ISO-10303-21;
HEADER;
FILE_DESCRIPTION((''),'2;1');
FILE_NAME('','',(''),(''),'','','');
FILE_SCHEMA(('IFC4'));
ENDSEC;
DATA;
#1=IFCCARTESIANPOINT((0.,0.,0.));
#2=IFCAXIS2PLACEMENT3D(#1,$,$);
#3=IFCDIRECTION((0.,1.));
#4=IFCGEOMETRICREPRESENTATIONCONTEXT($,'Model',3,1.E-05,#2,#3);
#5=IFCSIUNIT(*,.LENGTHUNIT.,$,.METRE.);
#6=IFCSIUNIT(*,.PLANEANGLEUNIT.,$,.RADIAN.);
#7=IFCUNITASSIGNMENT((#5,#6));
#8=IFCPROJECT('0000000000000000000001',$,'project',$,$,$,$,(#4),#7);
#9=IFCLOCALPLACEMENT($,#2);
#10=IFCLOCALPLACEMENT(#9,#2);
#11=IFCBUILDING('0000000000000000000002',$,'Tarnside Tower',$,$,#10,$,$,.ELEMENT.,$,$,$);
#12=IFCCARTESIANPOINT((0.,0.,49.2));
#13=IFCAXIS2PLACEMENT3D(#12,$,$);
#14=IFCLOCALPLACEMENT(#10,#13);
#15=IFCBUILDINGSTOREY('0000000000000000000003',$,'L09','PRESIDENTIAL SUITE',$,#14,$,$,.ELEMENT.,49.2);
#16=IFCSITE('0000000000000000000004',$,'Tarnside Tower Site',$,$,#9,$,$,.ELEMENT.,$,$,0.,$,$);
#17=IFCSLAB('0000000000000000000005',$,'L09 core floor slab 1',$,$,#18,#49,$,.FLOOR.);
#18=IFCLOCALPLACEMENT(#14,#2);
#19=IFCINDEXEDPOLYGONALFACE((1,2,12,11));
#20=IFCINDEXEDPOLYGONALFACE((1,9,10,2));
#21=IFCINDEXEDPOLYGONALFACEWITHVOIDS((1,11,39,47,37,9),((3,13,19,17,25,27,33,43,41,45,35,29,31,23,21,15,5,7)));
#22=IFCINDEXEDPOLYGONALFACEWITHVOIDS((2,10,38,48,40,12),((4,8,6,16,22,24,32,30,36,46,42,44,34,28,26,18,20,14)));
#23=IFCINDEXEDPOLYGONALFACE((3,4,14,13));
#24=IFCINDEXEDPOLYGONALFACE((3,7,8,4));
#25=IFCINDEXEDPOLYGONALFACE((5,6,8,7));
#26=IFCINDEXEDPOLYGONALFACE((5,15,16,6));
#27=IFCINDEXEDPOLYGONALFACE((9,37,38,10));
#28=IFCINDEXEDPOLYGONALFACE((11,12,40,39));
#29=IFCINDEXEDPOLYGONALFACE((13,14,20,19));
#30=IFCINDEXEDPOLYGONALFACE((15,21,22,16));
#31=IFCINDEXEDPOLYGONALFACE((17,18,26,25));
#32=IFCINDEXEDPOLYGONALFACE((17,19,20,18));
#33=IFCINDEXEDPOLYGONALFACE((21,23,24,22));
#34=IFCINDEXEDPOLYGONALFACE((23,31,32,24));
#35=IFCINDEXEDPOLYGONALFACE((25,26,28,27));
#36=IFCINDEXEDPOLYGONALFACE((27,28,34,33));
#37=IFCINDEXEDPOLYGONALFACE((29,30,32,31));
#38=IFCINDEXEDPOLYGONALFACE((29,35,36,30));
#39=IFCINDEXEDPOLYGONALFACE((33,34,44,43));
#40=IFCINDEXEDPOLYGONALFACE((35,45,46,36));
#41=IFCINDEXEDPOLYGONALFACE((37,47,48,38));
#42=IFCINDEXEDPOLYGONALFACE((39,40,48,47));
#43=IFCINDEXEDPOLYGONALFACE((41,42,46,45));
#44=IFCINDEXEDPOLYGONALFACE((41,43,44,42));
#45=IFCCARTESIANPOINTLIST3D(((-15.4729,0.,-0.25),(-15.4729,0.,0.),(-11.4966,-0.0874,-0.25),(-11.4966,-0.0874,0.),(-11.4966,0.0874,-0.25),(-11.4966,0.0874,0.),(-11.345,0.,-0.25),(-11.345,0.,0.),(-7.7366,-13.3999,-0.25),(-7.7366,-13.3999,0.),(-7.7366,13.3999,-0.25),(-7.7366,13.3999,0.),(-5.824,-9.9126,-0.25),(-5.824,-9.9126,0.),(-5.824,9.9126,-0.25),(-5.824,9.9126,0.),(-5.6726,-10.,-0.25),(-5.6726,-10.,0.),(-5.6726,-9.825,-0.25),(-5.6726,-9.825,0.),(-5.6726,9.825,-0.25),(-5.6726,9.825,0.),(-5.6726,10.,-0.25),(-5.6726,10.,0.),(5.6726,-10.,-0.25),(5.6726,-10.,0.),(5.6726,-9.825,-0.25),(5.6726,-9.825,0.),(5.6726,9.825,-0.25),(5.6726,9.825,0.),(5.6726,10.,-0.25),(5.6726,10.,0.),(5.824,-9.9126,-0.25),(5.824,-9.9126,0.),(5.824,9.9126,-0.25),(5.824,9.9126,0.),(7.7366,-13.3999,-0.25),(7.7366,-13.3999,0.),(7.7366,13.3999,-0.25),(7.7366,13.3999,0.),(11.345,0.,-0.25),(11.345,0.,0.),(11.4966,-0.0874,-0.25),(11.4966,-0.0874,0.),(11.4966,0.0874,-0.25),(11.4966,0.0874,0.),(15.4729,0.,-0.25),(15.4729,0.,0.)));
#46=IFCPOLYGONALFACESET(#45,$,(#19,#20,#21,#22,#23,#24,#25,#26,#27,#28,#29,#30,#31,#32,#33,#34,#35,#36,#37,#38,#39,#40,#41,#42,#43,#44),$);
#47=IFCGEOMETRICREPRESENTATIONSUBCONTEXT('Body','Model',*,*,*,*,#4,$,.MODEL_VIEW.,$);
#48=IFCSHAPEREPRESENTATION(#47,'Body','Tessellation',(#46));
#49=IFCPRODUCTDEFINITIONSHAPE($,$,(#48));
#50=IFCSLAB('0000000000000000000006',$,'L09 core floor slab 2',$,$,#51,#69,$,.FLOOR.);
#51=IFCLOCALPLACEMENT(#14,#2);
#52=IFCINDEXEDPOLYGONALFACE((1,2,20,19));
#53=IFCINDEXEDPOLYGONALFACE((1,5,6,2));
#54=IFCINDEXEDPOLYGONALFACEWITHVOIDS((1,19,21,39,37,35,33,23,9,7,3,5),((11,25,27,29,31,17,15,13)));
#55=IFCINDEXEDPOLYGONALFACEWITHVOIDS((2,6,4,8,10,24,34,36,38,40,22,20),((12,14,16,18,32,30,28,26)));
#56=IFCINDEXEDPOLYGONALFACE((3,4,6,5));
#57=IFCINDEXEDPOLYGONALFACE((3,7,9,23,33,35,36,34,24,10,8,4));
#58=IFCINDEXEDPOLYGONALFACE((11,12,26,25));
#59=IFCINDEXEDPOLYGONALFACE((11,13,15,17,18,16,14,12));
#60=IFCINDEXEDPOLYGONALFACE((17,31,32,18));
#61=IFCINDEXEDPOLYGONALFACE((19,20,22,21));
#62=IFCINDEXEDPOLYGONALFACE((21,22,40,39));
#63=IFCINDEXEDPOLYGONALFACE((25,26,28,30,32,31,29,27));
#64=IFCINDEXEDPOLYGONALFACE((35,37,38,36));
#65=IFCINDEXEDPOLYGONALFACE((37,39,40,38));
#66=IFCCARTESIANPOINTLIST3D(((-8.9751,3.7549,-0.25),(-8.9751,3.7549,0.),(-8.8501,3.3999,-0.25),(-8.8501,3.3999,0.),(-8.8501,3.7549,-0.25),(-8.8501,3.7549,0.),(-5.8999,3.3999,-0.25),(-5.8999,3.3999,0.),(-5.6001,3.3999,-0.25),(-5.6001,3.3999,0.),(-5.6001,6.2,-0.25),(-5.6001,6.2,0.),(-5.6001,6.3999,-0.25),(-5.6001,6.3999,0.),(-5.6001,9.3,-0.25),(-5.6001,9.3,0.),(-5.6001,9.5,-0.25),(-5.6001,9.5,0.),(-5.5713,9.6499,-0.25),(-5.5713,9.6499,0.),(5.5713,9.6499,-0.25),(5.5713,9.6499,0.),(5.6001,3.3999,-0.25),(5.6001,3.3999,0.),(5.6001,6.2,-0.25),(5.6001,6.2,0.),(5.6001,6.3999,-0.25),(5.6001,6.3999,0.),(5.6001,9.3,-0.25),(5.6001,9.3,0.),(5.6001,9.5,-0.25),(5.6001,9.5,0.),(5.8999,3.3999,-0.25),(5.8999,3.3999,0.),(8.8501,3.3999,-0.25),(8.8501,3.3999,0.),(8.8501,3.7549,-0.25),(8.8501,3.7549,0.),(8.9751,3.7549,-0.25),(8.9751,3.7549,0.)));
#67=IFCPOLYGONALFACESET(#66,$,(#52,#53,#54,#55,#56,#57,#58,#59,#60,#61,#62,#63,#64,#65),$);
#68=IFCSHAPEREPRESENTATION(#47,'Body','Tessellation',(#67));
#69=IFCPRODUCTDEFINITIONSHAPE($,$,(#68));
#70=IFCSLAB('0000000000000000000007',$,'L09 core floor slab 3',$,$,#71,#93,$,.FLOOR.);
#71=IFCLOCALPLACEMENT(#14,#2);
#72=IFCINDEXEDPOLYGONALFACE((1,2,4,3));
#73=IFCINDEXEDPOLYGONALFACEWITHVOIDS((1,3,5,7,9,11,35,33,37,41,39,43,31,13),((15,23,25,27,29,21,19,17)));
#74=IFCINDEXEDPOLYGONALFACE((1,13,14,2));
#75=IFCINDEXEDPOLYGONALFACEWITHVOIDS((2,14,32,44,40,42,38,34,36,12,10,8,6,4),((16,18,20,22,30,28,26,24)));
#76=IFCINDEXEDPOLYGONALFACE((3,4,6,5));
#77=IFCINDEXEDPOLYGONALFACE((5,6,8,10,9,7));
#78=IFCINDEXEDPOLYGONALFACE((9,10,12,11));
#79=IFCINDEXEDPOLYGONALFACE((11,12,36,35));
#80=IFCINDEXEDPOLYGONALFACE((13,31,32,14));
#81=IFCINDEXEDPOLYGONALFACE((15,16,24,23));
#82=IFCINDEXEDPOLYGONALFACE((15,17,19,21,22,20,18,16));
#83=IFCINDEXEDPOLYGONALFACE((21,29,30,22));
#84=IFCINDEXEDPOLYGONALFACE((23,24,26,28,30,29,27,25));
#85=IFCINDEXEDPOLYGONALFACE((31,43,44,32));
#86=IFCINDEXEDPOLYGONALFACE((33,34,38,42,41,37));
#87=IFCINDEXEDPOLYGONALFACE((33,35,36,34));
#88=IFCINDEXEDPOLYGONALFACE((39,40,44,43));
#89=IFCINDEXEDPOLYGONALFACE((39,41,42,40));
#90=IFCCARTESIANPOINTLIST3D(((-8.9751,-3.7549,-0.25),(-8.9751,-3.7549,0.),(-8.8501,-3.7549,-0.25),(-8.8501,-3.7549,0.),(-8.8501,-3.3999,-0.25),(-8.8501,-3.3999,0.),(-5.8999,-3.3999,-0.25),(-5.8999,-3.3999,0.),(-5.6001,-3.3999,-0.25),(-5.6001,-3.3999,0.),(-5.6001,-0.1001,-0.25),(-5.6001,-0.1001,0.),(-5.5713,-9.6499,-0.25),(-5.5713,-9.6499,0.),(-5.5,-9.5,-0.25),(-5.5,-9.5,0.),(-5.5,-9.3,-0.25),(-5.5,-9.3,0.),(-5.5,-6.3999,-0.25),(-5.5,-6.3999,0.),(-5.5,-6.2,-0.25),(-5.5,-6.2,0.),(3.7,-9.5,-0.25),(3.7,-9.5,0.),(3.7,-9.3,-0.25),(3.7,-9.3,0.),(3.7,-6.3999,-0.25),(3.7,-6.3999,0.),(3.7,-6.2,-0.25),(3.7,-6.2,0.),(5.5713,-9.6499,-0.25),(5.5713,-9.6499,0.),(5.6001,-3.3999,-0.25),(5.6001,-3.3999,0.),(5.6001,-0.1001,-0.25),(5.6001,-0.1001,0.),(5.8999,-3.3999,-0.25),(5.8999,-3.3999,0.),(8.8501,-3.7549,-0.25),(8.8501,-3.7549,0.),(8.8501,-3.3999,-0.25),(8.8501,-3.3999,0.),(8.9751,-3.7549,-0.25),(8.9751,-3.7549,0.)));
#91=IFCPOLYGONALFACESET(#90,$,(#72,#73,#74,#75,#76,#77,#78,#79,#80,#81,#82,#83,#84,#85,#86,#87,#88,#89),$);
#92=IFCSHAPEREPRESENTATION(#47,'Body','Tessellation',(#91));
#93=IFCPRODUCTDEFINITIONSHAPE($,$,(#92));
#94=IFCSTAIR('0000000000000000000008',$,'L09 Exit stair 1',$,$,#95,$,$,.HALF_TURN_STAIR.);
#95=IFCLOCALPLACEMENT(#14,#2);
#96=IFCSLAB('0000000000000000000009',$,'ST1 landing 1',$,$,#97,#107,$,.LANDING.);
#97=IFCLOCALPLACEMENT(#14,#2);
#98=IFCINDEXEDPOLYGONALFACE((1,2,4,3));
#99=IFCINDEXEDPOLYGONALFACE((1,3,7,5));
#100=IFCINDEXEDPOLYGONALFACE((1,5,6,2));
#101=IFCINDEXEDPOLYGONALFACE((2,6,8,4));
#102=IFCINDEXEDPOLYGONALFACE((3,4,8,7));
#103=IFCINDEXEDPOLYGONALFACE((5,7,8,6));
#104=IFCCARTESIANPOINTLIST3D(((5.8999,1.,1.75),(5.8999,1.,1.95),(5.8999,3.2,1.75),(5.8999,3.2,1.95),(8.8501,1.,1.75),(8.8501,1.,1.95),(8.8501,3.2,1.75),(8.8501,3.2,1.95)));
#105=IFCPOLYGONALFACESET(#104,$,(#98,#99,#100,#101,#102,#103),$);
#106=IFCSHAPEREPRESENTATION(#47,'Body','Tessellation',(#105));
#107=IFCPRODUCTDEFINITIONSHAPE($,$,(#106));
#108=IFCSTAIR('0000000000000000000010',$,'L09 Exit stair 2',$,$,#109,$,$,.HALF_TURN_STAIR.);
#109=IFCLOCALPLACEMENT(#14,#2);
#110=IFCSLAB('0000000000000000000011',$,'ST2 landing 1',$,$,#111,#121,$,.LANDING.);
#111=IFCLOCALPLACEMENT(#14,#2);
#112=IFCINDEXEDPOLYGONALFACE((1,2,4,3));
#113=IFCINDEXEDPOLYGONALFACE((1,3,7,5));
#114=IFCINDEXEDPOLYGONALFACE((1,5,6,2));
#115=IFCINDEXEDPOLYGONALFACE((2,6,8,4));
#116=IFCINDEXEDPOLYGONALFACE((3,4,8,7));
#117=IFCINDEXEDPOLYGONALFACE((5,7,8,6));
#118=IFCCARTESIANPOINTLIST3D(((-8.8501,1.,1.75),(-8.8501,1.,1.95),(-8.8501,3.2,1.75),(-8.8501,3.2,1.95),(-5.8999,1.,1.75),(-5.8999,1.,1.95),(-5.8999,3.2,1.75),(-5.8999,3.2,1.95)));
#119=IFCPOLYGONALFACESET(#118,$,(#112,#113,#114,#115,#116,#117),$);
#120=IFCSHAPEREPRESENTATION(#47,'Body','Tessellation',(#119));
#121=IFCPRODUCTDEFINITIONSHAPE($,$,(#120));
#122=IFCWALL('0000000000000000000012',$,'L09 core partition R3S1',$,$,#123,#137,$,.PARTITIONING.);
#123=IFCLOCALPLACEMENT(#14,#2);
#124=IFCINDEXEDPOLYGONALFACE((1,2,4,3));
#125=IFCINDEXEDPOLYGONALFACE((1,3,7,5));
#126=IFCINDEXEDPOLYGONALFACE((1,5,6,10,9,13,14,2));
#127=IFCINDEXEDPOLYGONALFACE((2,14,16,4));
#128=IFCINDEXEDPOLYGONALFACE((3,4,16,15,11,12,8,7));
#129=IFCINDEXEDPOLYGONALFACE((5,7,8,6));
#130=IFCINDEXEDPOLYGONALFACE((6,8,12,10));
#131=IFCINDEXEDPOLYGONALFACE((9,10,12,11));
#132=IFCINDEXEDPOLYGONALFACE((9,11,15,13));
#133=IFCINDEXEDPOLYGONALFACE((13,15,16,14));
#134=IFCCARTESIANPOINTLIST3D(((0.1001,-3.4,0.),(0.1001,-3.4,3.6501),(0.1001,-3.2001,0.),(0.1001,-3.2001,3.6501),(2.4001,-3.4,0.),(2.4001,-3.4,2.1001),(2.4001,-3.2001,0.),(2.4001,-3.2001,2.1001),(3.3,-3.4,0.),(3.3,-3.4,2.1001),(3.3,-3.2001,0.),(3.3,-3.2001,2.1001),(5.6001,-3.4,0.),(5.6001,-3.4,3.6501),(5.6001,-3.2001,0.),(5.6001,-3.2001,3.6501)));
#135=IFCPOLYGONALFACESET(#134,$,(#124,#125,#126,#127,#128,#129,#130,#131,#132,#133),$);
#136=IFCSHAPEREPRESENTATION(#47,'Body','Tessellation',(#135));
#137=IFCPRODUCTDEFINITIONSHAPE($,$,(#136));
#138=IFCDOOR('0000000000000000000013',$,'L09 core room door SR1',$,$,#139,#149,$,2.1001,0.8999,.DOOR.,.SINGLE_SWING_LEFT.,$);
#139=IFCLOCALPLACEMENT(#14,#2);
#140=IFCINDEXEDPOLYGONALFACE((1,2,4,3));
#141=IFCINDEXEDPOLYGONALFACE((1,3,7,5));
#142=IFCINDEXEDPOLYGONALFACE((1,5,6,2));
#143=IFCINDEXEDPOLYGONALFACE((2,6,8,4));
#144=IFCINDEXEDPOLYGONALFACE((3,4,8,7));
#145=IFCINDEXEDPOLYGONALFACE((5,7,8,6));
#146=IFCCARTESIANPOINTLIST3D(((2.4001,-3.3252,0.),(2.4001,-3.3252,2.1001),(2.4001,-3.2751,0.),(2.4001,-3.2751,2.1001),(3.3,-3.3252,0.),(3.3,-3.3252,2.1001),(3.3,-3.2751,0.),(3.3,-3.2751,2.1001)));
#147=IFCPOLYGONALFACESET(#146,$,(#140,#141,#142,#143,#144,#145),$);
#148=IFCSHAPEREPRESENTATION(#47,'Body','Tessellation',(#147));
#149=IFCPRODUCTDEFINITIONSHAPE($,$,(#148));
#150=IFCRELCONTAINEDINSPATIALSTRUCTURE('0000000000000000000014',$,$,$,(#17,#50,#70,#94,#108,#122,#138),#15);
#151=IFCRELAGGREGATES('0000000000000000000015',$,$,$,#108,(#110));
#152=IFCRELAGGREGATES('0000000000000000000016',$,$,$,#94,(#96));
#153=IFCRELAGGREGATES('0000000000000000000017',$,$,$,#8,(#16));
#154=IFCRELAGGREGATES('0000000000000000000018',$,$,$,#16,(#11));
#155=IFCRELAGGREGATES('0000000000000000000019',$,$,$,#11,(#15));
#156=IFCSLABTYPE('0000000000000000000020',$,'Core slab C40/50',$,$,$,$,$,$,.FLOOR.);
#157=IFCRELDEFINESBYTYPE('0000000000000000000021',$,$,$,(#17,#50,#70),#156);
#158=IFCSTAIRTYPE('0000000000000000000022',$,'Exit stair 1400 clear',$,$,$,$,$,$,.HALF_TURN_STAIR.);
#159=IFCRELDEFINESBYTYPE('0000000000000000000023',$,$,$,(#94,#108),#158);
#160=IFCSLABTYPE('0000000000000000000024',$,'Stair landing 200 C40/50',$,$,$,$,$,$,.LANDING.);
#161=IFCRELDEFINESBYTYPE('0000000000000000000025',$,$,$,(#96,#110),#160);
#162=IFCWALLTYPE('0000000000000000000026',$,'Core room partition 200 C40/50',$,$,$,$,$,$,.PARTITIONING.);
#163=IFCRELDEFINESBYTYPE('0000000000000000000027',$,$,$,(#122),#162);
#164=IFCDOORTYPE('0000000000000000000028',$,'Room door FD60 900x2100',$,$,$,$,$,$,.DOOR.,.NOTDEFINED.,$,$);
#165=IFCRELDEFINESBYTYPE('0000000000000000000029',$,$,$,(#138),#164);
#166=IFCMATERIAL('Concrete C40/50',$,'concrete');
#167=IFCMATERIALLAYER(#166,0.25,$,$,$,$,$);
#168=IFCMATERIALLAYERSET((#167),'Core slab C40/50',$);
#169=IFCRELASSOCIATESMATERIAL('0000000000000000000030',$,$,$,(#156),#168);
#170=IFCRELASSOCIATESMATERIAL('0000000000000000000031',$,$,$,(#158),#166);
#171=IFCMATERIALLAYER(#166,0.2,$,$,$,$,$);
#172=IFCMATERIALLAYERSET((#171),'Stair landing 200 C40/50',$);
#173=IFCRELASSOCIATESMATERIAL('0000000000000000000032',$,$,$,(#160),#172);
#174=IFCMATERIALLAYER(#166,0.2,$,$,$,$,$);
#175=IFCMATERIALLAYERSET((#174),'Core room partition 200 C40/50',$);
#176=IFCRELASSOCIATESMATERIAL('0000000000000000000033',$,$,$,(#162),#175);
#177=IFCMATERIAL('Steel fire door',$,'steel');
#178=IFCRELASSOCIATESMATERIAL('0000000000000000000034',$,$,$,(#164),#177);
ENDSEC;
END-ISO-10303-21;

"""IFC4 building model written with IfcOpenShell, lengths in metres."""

from ifc_helpers import new_model, si_unit, direction, frame, frame_2d, origin, place, context, subcontext, project, spatial, polyline, rectangle, outline, extrude, material, layer, layer_set, type_object, element, fill, aggregate, save


model = new_model("IFC4")

# Units and contexts
model_context = context("Model", 3, precision=1e-05, world=origin(), true_north=direction((0.0, 1.0)))
body_context = subcontext(model_context, "Body", "Model", "MODEL_VIEW")
ifc_project = project(units=[si_unit("LENGTHUNIT", "METRE"), si_unit("PLANEANGLEUNIT", "RADIAN")], contexts=[model_context])

# Site, building, storey
site_placement = place(None, origin())
site = spatial("IfcSite", under=ifc_project, at=site_placement, Name="Tarnside Tower Site", CompositionType="ELEMENT", RefElevation=0.0)
building_placement = place(site_placement, origin())
building = spatial("IfcBuilding", under=site, at=building_placement, Name="Tarnside Tower", CompositionType="ELEMENT")
storey_placement = place(building_placement, frame((0.0, 0.0, 49.2)))
storey = spatial("IfcBuildingStorey", under=building, at=storey_placement, Name="L09", Description="PRESIDENTIAL SUITE", CompositionType="ELEMENT", Elevation=49.2)

# Slabs
ifc_material_1 = material(Name="Concrete C40/50", Category="concrete")
ifc_layer_1 = layer(ifc_material_1, 0.25)
ifc_layer_set_1 = layer_set([ifc_layer_1], Name="Core slab C40/50")
slab_type_1 = type_object("IfcSlabType", Name="Core slab C40/50", PredefinedType="FLOOR", material=ifc_layer_set_1)
slab_1_placement = place(storey_placement, frame((0.0, 0.0, -0.25)))
element("IfcSlab", 1, at=slab_1_placement, inside=storey, type_object=slab_type_1, Name="L09 core floor slab 1", PredefinedType="FLOOR", context=body_context, shape_type="SweptSolid", body=[
    extrude(outline(polyline([(-15.4729, 0.0), (-7.7366, 13.3999), (7.7366, 13.3999), (15.4729, 0.0), (7.7366, -13.3999), (-7.7366, -13.3999), (-15.4729, 0.0)]), holes=[polyline([(5.824, -9.9126), (11.4966, -0.0874), (11.345, 0.0), (11.4966, 0.0874), (5.824, 9.9126), (5.6726, 9.825), (5.6726, 10.0), (-5.6726, 10.0), (-5.6726, 9.825), (-5.824, 9.9126), (-11.4966, 0.0874), (-11.345, 0.0), (-11.4966, -0.0874), (-5.824, -9.9126), (-5.6726, -9.825), (-5.6726, -10.0), (5.6726, -10.0), (5.6726, -9.825), (5.824, -9.9126)])]), origin(), (0.0, 0.0, 1.0), 0.25),
])
slab_2_placement = place(storey_placement, frame((0.0, 0.0, -0.25)))
element("IfcSlab", 2, at=slab_2_placement, inside=storey, type_object=slab_type_1, Name="L09 core floor slab 2", PredefinedType="FLOOR", context=body_context, shape_type="SweptSolid", body=[
    extrude(outline(polyline([(-8.9751, 3.7549), (-5.5713, 9.6499), (5.5713, 9.6499), (8.9751, 3.7549), (8.8501, 3.7549), (8.8501, 3.3999), (5.8999, 3.3999), (5.6001, 3.3999), (5.6001, 3.3999), (-5.6001, 3.3999), (-5.8999, 3.3999), (-8.8501, 3.3999), (-8.8501, 3.7549), (-8.9751, 3.7549)]), holes=[polyline([(-5.6001, 6.2), (5.6001, 6.2), (5.6001, 6.3999), (5.6001, 9.3), (5.6001, 9.5), (-5.6001, 9.5), (-5.6001, 9.3), (-5.6001, 6.3999), (-5.6001, 6.2)])]), origin(), (0.0, 0.0, 1.0), 0.25),
])
slab_3_placement = place(storey_placement, frame((0.0, 0.0, -0.25)))
element("IfcSlab", 3, at=slab_3_placement, inside=storey, type_object=slab_type_1, Name="L09 core floor slab 3", PredefinedType="FLOOR", context=body_context, shape_type="SweptSolid", body=[
    extrude(outline(polyline([(5.6001, -3.3999), (5.8999, -3.3999), (8.8501, -3.3999), (8.8501, -3.7549), (8.9751, -3.7549), (5.5713, -9.6499), (-5.5713, -9.6499), (-8.9751, -3.7549), (-8.8501, -3.7549), (-8.8501, -3.3999), (-5.8999, -3.3999), (-5.6001, -3.3999), (-5.6001, -0.1001), (5.6001, -0.1001), (5.6001, -3.3999)]), holes=[polyline([(-5.5, -9.3), (-5.5, -9.5), (3.7, -9.5), (3.7, -9.3), (3.7, -6.3999), (3.7, -6.2), (-5.5, -6.2), (-5.5, -6.3999), (-5.5, -9.3)])]), origin(), (0.0, 0.0, 1.0), 0.25),
])

# Stairs, slabs
stair_type = type_object("IfcStairType", Name="Exit stair 1400 clear", PredefinedType="HALF_TURN_STAIR", material=ifc_material_1)
stair_1_placement = place(storey_placement, origin())
stair_1 = element("IfcStair", 4, at=stair_1_placement, inside=storey, type_object=stair_type, Name="L09 Exit stair 1", PredefinedType="HALF_TURN_STAIR")
ifc_layer_2 = layer(ifc_material_1, 0.2)
ifc_layer_set_2 = layer_set([ifc_layer_2], Name="Stair landing 200 C40/50")
slab_type_2 = type_object("IfcSlabType", Name="Stair landing 200 C40/50", PredefinedType="LANDING", material=ifc_layer_set_2)
slab_4_placement = place(storey_placement, frame((0.0, 0.0, 1.75)))
slab_4 = element("IfcSlab", 5, at=slab_4_placement, type_object=slab_type_2, Name="ST1 landing 1", PredefinedType="LANDING", context=body_context, shape_type="SweptSolid", body=[
    extrude(outline(polyline([(8.8501, 1.0), (8.8501, 3.2), (5.8999, 3.2), (5.8999, 1.0), (8.8501, 1.0)])), origin(), (0.0, 0.0, 1.0), 0.2),
])
stair_2_placement = place(storey_placement, origin())
stair_2 = element("IfcStair", 6, at=stair_2_placement, inside=storey, type_object=stair_type, Name="L09 Exit stair 2", PredefinedType="HALF_TURN_STAIR")
slab_5_placement = place(storey_placement, frame((0.0, 0.0, 1.75)))
slab_5 = element("IfcSlab", 7, at=slab_5_placement, type_object=slab_type_2, Name="ST2 landing 1", PredefinedType="LANDING", context=body_context, shape_type="SweptSolid", body=[
    extrude(outline(polyline([(-5.8999, 1.0), (-5.8999, 3.2), (-8.8501, 3.2), (-8.8501, 1.0), (-5.8999, 1.0)])), origin(), (0.0, 0.0, 1.0), 0.2),
])
aggregate(stair_2, [slab_5])

# Wall, opening, door
ifc_layer_3 = layer(ifc_material_1, 0.2)
ifc_layer_set_3 = layer_set([ifc_layer_3], Name="Core room partition 200 C40/50")
wall_type_1 = type_object("IfcWallType", Name="Core room partition 200 C40/50", PredefinedType="PARTITIONING", material=ifc_layer_set_3)
wall_1_placement = place(storey_placement, frame((0.1001, -3.3, 0.0), z_axis=(0.0, 0.0, 1.0), x_axis=(1.0, 0.0, 0.0)))
wall_1 = element("IfcWall", 8, at=wall_1_placement, inside=storey, type_object=wall_type_1, Name="L09 core partition R3S1", PredefinedType="PARTITIONING", context=body_context, shape_type="SweptSolid", body=[
    extrude(rectangle(XDim=5.5, YDim=0.2, at=frame_2d((2.75, 0.0))), origin(), (0.0, 0.0, 1.0), 3.6501),
])
opening_1_placement = place(wall_1_placement, frame((2.3, 0.0, 0.0)))
opening_1 = element("IfcOpeningElement", 9, at=opening_1_placement, cuts=wall_1, PredefinedType="OPENING", context=body_context, shape_type="SweptSolid", body=[
    extrude(rectangle(XDim=0.8999, YDim=2.1001, at=frame_2d((0.45, 1.05))), frame((0.0, 0.1099, 0.0), z_axis=(0.0, -1.0, 0.0), x_axis=(1.0, 0.0, 0.0)), (0.0, 0.0, 1.0), 0.22),
])
ifc_material_2 = material(Name="Steel fire door", Category="steel")
door_type_1 = type_object("IfcDoorType", Name="Room door FD60 900x2100", OperationType="NOTDEFINED", PredefinedType="DOOR", material=ifc_material_2)
door_1_placement = place(opening_1_placement, origin())
door_1 = element("IfcDoor", 10, at=door_1_placement, inside=storey, type_object=door_type_1, Name="L09 core room door SR1", OperationType="SINGLE_SWING_LEFT", OverallHeight=2.1001, OverallWidth=0.8999, PredefinedType="DOOR", context=body_context, shape_type="SweptSolid", body=[
    extrude(rectangle(XDim=0.8999, YDim=2.1001, at=frame_2d((0.45, 1.05))), frame((0.0, 0.0249, 0.0), z_axis=(0.0, -1.0, 0.0), x_axis=(1.0, 0.0, 0.0)), (0.0, 0.0, 1.0), 0.05),
])
fill(opening_1, door_1)

aggregate(stair_1, [slab_4])

save(model, "model.ifc")
